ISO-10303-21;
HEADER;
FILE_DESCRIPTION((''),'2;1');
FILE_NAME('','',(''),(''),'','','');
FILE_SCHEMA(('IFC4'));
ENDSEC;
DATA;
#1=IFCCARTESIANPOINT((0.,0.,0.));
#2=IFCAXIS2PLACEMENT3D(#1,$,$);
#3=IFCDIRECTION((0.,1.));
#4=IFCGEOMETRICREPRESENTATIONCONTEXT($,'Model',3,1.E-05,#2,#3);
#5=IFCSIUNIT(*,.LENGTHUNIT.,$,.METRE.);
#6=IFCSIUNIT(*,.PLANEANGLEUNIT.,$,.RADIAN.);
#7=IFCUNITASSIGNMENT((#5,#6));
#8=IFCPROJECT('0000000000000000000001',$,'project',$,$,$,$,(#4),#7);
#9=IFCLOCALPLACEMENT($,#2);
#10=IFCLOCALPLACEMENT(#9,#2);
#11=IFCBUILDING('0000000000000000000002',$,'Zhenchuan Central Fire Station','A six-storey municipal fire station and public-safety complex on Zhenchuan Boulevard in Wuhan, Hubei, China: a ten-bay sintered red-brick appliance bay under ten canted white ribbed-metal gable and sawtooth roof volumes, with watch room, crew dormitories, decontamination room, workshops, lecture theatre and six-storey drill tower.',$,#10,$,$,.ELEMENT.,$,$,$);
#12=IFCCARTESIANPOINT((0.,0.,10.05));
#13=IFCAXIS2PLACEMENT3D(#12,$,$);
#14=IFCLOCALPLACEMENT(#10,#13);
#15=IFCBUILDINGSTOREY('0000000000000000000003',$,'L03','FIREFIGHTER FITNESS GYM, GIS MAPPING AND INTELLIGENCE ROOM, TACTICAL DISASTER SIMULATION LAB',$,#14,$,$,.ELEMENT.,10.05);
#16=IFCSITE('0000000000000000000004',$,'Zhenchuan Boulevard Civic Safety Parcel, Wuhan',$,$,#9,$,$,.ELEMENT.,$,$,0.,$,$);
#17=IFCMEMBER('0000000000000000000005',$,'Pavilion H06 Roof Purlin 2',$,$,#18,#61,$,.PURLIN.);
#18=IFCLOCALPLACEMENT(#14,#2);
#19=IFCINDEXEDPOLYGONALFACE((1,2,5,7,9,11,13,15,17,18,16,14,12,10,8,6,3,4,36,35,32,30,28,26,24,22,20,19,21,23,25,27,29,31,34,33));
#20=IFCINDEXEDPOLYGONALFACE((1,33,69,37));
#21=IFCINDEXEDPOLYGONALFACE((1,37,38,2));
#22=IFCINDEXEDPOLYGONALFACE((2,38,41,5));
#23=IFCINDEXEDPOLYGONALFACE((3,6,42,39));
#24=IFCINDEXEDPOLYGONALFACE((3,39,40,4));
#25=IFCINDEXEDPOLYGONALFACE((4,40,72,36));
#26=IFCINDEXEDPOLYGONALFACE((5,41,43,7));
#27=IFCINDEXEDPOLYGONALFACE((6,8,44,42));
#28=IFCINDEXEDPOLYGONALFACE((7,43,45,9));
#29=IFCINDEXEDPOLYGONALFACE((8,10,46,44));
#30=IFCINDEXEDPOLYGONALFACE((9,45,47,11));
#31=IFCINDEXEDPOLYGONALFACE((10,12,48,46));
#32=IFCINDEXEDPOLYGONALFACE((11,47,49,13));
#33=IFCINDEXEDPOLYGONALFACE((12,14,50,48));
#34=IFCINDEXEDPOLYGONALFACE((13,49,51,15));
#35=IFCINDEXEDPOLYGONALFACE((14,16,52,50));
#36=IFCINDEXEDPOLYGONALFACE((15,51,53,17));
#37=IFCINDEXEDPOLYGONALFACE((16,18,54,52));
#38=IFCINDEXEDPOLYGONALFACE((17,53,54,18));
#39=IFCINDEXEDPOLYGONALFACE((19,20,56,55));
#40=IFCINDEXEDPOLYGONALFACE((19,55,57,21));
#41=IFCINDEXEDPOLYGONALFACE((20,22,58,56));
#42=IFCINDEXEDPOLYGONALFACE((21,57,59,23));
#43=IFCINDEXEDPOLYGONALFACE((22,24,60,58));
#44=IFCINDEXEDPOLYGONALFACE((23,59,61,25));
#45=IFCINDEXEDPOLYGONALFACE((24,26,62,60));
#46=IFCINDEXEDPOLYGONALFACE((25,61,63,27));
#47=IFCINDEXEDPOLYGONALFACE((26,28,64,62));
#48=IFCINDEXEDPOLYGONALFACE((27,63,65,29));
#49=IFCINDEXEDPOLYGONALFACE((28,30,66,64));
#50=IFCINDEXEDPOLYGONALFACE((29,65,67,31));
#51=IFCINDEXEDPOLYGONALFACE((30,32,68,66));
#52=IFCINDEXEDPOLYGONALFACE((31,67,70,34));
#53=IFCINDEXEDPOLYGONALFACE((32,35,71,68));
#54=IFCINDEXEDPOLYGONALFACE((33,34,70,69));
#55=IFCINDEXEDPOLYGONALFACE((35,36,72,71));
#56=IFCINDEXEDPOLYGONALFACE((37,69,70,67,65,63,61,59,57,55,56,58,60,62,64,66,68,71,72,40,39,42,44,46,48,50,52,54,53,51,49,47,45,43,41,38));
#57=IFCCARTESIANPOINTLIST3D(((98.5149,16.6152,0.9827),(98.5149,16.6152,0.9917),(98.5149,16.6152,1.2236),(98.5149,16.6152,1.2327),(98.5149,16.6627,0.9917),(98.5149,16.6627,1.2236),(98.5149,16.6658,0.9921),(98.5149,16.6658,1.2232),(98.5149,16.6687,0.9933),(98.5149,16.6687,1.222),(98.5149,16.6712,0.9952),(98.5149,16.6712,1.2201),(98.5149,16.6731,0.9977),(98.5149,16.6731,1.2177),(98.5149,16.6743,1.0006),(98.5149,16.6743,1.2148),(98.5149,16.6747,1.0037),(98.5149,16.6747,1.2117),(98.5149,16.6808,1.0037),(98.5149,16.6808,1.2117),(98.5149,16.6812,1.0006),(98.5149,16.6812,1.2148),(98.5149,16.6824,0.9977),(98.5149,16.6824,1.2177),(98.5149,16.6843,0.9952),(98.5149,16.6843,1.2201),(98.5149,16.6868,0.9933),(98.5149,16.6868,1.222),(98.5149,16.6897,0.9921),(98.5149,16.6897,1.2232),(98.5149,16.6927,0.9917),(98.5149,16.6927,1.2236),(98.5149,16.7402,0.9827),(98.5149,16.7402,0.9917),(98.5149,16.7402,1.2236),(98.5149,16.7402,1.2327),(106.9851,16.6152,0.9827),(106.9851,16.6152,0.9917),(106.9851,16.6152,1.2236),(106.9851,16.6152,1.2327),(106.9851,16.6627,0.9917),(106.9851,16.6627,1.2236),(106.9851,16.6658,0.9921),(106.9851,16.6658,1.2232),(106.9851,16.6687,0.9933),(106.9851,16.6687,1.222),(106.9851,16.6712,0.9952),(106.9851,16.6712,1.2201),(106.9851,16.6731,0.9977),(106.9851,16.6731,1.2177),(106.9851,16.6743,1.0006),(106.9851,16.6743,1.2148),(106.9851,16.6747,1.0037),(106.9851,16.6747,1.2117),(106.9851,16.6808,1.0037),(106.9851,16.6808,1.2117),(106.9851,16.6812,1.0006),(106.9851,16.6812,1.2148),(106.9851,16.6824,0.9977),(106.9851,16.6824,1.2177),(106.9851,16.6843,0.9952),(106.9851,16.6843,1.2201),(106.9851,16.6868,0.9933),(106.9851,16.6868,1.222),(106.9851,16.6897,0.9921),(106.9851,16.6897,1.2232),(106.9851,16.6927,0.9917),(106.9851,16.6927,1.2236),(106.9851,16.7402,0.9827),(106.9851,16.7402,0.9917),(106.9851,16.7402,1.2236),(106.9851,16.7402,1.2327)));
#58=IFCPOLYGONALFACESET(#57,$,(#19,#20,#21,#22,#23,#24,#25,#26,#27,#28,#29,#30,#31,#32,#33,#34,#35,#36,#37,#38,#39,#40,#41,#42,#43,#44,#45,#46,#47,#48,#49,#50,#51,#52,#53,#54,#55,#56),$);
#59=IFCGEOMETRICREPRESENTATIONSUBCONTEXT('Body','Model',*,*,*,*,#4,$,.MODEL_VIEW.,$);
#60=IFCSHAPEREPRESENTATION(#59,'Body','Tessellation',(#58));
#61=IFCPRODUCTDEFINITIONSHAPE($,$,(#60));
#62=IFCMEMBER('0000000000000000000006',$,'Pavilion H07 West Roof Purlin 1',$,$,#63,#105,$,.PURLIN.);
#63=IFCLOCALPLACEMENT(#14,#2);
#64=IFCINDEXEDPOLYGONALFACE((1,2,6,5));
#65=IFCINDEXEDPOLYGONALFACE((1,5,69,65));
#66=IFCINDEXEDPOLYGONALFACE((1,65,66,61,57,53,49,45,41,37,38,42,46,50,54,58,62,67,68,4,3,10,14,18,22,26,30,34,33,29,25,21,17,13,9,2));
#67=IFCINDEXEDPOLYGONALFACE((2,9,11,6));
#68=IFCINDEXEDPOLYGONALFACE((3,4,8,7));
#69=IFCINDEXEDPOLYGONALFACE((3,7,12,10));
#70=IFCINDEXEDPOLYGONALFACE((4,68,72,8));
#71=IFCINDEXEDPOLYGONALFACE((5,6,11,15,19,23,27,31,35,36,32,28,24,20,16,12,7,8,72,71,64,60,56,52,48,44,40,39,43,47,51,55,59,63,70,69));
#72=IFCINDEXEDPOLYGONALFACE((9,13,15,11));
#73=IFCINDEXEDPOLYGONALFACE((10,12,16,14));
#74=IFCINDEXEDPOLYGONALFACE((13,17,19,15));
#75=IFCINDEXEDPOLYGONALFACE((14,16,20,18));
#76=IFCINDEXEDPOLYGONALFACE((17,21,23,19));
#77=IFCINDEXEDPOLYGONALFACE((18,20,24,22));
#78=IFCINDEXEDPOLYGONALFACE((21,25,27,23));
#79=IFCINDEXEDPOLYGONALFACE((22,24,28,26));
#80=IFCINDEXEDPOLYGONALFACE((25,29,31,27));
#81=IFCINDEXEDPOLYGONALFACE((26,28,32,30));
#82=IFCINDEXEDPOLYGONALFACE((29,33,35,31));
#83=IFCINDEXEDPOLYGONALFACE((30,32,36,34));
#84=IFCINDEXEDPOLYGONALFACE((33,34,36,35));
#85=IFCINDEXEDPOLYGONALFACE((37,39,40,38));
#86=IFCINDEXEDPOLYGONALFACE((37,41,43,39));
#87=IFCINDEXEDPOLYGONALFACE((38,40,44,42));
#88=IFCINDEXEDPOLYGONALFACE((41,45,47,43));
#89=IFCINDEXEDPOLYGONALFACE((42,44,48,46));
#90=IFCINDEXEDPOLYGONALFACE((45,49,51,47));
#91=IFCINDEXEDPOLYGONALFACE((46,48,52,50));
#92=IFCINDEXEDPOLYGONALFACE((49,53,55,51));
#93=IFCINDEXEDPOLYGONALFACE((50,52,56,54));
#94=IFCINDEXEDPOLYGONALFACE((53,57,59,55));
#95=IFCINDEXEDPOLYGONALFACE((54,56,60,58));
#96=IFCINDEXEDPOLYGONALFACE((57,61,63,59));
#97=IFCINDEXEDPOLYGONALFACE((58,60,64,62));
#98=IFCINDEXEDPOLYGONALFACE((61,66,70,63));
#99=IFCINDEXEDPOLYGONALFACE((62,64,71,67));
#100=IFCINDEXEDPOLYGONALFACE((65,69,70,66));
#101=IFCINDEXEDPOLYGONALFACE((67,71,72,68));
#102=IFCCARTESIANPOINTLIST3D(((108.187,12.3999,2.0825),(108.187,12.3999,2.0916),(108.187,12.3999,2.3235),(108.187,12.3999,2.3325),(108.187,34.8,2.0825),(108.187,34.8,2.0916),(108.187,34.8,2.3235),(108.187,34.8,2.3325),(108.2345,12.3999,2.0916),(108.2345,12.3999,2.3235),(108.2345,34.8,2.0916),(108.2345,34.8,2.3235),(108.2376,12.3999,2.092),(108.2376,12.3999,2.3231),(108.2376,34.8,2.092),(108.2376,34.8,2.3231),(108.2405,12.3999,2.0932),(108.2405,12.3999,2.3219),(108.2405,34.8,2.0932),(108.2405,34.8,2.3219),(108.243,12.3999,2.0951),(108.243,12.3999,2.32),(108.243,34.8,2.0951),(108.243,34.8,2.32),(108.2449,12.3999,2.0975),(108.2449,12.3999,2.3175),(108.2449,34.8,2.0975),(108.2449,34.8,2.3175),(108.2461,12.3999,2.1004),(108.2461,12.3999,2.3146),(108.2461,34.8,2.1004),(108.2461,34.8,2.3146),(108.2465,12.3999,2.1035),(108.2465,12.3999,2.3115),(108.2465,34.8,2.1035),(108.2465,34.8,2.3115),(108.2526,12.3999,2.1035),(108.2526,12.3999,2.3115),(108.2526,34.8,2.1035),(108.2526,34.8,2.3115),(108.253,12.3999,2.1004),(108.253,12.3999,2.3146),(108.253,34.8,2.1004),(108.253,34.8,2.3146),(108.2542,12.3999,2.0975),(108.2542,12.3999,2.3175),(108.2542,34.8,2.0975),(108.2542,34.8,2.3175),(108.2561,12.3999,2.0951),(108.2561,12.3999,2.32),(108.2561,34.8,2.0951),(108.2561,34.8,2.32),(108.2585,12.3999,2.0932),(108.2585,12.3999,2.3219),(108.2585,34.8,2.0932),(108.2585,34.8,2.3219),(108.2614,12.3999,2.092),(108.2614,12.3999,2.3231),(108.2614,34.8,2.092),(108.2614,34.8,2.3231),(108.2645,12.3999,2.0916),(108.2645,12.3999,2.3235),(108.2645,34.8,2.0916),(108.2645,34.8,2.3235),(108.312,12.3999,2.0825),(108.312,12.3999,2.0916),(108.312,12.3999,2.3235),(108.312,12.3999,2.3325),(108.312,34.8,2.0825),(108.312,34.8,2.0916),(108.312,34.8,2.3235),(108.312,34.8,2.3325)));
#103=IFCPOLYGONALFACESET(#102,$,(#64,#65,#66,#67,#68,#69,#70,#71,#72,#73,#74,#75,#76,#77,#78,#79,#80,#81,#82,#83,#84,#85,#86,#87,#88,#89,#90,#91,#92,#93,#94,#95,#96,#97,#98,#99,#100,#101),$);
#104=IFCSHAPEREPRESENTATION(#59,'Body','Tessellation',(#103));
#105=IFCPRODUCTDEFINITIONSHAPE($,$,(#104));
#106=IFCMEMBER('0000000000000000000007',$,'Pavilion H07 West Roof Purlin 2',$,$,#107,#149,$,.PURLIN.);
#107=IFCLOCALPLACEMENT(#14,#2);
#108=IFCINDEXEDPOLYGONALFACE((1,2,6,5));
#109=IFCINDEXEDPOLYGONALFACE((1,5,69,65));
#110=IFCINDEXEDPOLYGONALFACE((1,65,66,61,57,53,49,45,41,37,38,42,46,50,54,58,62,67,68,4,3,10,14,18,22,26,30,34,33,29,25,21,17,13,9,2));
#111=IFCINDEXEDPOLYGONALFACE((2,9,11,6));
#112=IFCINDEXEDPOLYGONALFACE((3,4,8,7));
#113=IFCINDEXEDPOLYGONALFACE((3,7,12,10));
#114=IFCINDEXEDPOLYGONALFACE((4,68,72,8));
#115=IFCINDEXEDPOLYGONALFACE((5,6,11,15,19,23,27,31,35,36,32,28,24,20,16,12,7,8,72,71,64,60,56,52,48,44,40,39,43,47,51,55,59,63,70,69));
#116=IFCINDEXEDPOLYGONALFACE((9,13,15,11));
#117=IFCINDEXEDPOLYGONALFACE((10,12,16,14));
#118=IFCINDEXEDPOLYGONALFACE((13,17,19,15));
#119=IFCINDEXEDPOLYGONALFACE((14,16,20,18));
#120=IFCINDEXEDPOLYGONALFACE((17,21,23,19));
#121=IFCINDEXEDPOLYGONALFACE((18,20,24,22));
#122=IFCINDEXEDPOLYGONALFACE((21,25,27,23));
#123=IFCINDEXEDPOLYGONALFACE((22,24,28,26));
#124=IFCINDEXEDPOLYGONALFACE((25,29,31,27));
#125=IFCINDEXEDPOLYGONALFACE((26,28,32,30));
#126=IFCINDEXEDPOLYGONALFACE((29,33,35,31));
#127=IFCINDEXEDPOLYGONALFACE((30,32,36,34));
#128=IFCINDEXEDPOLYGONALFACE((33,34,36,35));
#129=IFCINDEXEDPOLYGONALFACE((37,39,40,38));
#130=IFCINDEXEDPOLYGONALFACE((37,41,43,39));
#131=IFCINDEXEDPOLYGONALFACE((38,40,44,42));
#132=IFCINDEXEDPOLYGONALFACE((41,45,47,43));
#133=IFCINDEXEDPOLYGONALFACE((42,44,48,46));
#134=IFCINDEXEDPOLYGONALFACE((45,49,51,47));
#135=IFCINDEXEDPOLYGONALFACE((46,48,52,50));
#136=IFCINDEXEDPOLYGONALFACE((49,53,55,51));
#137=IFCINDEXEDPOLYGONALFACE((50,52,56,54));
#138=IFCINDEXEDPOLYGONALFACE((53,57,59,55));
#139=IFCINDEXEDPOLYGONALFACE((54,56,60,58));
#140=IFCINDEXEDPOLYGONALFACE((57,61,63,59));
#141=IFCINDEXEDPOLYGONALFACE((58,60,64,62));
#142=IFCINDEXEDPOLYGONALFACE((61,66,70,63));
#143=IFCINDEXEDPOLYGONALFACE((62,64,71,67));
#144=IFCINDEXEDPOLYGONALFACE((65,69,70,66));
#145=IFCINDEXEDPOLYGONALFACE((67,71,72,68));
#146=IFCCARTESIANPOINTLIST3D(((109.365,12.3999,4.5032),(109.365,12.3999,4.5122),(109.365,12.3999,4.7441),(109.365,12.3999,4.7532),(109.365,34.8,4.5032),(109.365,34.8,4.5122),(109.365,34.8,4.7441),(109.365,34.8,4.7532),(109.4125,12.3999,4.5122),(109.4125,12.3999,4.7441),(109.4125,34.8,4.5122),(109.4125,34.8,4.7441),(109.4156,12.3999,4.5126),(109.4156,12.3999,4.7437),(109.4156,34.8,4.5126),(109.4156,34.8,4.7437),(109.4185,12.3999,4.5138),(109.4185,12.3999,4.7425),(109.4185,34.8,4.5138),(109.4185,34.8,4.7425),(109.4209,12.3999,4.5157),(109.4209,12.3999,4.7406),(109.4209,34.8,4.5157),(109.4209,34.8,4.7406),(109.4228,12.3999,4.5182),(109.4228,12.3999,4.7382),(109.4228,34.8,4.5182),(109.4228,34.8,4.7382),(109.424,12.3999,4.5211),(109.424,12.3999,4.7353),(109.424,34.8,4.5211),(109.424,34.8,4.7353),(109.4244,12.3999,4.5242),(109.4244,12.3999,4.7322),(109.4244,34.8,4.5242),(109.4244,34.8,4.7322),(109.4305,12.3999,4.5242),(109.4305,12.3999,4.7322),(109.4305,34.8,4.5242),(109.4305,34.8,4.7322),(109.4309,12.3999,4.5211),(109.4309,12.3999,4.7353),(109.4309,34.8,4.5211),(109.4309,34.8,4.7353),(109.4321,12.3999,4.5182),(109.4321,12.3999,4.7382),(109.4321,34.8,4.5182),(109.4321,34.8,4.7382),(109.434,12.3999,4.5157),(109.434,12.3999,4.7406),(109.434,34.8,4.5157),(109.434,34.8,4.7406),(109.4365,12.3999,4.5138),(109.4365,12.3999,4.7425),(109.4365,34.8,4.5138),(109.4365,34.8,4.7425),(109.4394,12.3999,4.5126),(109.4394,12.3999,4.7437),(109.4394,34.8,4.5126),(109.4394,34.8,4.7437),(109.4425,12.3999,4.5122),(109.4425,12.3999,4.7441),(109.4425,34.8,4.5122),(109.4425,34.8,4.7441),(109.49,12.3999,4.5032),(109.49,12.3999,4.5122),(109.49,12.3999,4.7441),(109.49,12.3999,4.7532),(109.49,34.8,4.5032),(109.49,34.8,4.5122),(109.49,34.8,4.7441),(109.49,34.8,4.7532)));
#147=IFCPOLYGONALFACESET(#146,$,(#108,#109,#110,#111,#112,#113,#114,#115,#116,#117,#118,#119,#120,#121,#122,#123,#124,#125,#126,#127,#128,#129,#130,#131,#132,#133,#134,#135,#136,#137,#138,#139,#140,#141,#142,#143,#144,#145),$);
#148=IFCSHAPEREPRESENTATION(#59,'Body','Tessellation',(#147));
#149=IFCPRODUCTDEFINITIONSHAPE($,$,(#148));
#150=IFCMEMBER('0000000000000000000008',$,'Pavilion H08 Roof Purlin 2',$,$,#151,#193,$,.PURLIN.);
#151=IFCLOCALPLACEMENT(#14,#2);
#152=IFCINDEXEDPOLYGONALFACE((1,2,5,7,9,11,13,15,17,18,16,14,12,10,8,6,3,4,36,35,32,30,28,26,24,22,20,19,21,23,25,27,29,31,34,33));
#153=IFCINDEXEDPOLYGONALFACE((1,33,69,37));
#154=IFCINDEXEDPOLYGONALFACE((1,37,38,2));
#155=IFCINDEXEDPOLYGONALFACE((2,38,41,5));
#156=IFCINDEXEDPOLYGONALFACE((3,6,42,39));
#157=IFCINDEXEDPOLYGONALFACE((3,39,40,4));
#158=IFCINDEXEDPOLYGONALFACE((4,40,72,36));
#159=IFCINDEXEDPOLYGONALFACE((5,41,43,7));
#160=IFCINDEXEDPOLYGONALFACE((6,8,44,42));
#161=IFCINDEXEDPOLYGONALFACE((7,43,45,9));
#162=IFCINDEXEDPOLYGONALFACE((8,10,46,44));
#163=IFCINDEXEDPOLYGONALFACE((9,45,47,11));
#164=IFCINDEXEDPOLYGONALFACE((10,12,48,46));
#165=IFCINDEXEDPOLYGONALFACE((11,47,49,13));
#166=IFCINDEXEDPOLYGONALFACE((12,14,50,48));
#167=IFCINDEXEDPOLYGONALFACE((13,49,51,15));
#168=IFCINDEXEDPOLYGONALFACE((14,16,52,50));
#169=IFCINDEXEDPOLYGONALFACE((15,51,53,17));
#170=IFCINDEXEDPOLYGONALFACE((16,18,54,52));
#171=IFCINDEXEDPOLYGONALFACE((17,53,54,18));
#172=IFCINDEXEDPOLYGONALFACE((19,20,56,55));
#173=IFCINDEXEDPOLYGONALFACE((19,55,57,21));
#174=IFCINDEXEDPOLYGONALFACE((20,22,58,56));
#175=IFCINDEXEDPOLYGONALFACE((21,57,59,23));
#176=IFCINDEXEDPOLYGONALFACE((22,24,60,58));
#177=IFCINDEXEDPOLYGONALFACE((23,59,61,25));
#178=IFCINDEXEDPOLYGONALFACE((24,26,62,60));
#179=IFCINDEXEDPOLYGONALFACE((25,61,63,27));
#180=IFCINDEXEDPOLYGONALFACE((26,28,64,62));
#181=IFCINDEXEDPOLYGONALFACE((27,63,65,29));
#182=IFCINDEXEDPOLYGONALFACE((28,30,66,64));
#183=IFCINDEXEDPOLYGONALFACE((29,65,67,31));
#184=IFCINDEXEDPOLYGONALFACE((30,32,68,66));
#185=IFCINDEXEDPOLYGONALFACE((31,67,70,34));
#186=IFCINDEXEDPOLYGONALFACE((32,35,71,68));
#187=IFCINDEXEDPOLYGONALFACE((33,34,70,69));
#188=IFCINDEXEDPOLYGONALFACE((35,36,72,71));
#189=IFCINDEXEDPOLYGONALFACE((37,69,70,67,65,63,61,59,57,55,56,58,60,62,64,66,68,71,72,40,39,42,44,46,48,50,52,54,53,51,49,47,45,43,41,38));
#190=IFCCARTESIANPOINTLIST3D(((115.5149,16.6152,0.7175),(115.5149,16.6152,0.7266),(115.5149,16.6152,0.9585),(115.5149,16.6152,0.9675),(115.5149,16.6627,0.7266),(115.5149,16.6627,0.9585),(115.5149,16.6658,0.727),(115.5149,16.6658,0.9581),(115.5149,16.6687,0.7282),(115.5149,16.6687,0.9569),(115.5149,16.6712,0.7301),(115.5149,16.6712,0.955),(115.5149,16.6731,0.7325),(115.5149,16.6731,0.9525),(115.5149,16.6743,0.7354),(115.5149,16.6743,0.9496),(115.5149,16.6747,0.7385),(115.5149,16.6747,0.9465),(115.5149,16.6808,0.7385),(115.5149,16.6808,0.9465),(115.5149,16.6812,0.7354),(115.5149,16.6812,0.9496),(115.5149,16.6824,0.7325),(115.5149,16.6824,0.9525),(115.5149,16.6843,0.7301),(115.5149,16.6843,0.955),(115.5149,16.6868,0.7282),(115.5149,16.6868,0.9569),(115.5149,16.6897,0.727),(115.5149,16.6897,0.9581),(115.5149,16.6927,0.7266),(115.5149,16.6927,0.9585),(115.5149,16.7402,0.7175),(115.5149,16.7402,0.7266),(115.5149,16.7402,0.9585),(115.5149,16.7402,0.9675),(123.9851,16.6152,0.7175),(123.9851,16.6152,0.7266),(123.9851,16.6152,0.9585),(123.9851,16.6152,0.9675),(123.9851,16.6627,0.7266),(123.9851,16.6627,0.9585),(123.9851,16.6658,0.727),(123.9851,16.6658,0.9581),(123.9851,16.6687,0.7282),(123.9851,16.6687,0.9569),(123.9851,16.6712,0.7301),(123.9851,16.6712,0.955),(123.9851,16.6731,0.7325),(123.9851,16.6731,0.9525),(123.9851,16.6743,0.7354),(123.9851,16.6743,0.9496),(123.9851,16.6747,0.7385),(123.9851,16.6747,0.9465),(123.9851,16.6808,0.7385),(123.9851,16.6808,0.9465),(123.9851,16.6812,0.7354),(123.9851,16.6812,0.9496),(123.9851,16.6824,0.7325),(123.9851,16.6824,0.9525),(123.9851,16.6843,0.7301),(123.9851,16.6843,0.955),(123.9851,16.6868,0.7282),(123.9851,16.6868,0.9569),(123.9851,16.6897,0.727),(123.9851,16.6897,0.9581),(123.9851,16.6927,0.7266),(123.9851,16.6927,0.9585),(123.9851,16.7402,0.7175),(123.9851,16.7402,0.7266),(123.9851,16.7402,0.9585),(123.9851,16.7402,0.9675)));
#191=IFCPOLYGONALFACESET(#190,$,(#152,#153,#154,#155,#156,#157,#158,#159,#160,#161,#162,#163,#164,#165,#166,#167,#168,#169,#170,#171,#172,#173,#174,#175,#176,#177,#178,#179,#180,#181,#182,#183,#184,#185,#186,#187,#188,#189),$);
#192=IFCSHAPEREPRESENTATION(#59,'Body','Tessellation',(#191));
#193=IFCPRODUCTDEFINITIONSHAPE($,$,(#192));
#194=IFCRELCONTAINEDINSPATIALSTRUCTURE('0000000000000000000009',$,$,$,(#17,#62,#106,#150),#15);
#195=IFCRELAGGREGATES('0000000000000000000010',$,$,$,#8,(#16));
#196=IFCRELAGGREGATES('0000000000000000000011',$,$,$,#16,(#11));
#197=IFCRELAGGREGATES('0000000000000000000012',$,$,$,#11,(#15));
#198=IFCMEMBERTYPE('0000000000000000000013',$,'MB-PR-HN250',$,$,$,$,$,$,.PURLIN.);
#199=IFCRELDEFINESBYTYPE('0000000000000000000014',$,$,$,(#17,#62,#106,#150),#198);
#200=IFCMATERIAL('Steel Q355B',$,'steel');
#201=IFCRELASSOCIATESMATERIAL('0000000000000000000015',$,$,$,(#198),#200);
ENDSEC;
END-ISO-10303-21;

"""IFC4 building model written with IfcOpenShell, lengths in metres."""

from ifc_helpers import new_model, si_unit, direction, frame, origin, origin_2d, place, context, subcontext, project, spatial, i_section, extrude, material, material_profile, profile_set, type_object, element, save


model = new_model("IFC4")

# Units and contexts
model_context = context("Model", 3, precision=1e-05, world=origin(), true_north=direction((0.0, 1.0)))
body_context = subcontext(model_context, "Body", "Model", "MODEL_VIEW")
ifc_project = project(units=[si_unit("LENGTHUNIT", "METRE"), si_unit("PLANEANGLEUNIT", "RADIAN")], contexts=[model_context])

# Site, building, storey
site_placement = place(None, origin())
site = spatial("IfcSite", under=ifc_project, at=site_placement, Name="Zhenchuan Boulevard Civic Safety Parcel, Wuhan", CompositionType="ELEMENT", RefElevation=0.0)
building_placement = place(site_placement, origin())
building = spatial("IfcBuilding", under=site, at=building_placement, Name="Zhenchuan Central Fire Station", Description="A six-storey municipal fire station and public-safety complex on Zhenchuan Boulevard in Wuhan, Hubei, China: a ten-bay sintered red-brick appliance bay under ten canted white ribbed-metal gable and sawtooth roof volumes, with watch room, crew dormitories, decontamination room, workshops, lecture theatre and six-storey drill tower.", CompositionType="ELEMENT")
storey_placement = place(building_placement, frame((0.0, 0.0, 10.05)))
storey = spatial("IfcBuildingStorey", under=building, at=storey_placement, Name="L03", Description="FIREFIGHTER FITNESS GYM, GIS MAPPING AND INTELLIGENCE ROOM, TACTICAL DISASTER SIMULATION LAB", CompositionType="ELEMENT", Elevation=10.05)

# Members
ifc_material_1 = material(Name="Steel Q355B", Category="steel")
ifc_material_profile_1 = material_profile(ifc_material_1, i_section(OverallWidth=0.125, OverallDepth=0.25, WebThickness=0.0061, FlangeThickness=0.009, FilletRadius=0.012, at=origin_2d()), Name="HN 250x125")
ifc_profile_set_1 = profile_set([ifc_material_profile_1], Name="Steel Q355B")
member_type_1 = type_object("IfcMemberType", Name="MB-PR-HN250", PredefinedType="PURLIN", material=ifc_profile_set_1)
member_1_placement = place(storey_placement, frame((98.5149, 16.6777, 1.1077), z_axis=(1.0, 0.0, 0.0), x_axis=(0.0, 1.0, 0.0)))
element("IfcMember", 1, at=member_1_placement, inside=storey, type_object=member_type_1, Name="Pavilion H06 Roof Purlin 2", PredefinedType="PURLIN", context=body_context, shape_type="SweptSolid", body=[
    extrude(i_section(OverallWidth=0.125, OverallDepth=0.25, WebThickness=0.0061, FlangeThickness=0.009, FilletRadius=0.012, at=origin_2d()), origin(), (0.0, 0.0, 1.0), 8.4702),
])
for number, where, z_axis, x_axis, name in (
    (2, (108.2495, 12.3999, 2.2075), (0.0, 1.0, 0.0), (-1.0, 0.0, 0.0), "Pavilion H07 West Roof Purlin 1"),
    (3, (109.4275, 12.3999, 4.6282), (0.0, 1.0, 0.0), (-1.0, 0.0, 0.0), "Pavilion H07 West Roof Purlin 2"),
):
    element("IfcMember", number, at=place(storey_placement, frame(where, z_axis=z_axis, x_axis=x_axis)), inside=storey, type_object=member_type_1, Name=name, PredefinedType="PURLIN", context=body_context, shape_type="SweptSolid", body=[
        extrude(i_section(OverallWidth=0.125, OverallDepth=0.25, WebThickness=0.0061, FlangeThickness=0.009, FilletRadius=0.012, at=origin_2d()), origin(), (0.0, 0.0, 1.0), 22.4001),
    ])
member_2_placement = place(storey_placement, frame((115.5149, 16.6777, 0.8425), z_axis=(1.0, 0.0, 0.0), x_axis=(0.0, 1.0, 0.0)))
element("IfcMember", 4, at=member_2_placement, inside=storey, type_object=member_type_1, Name="Pavilion H08 Roof Purlin 2", PredefinedType="PURLIN", context=body_context, shape_type="SweptSolid", body=[
    extrude(i_section(OverallWidth=0.125, OverallDepth=0.25, WebThickness=0.0061, FlangeThickness=0.009, FilletRadius=0.012, at=origin_2d()), origin(), (0.0, 0.0, 1.0), 8.4702),
])

save(model, "model.ifc")
